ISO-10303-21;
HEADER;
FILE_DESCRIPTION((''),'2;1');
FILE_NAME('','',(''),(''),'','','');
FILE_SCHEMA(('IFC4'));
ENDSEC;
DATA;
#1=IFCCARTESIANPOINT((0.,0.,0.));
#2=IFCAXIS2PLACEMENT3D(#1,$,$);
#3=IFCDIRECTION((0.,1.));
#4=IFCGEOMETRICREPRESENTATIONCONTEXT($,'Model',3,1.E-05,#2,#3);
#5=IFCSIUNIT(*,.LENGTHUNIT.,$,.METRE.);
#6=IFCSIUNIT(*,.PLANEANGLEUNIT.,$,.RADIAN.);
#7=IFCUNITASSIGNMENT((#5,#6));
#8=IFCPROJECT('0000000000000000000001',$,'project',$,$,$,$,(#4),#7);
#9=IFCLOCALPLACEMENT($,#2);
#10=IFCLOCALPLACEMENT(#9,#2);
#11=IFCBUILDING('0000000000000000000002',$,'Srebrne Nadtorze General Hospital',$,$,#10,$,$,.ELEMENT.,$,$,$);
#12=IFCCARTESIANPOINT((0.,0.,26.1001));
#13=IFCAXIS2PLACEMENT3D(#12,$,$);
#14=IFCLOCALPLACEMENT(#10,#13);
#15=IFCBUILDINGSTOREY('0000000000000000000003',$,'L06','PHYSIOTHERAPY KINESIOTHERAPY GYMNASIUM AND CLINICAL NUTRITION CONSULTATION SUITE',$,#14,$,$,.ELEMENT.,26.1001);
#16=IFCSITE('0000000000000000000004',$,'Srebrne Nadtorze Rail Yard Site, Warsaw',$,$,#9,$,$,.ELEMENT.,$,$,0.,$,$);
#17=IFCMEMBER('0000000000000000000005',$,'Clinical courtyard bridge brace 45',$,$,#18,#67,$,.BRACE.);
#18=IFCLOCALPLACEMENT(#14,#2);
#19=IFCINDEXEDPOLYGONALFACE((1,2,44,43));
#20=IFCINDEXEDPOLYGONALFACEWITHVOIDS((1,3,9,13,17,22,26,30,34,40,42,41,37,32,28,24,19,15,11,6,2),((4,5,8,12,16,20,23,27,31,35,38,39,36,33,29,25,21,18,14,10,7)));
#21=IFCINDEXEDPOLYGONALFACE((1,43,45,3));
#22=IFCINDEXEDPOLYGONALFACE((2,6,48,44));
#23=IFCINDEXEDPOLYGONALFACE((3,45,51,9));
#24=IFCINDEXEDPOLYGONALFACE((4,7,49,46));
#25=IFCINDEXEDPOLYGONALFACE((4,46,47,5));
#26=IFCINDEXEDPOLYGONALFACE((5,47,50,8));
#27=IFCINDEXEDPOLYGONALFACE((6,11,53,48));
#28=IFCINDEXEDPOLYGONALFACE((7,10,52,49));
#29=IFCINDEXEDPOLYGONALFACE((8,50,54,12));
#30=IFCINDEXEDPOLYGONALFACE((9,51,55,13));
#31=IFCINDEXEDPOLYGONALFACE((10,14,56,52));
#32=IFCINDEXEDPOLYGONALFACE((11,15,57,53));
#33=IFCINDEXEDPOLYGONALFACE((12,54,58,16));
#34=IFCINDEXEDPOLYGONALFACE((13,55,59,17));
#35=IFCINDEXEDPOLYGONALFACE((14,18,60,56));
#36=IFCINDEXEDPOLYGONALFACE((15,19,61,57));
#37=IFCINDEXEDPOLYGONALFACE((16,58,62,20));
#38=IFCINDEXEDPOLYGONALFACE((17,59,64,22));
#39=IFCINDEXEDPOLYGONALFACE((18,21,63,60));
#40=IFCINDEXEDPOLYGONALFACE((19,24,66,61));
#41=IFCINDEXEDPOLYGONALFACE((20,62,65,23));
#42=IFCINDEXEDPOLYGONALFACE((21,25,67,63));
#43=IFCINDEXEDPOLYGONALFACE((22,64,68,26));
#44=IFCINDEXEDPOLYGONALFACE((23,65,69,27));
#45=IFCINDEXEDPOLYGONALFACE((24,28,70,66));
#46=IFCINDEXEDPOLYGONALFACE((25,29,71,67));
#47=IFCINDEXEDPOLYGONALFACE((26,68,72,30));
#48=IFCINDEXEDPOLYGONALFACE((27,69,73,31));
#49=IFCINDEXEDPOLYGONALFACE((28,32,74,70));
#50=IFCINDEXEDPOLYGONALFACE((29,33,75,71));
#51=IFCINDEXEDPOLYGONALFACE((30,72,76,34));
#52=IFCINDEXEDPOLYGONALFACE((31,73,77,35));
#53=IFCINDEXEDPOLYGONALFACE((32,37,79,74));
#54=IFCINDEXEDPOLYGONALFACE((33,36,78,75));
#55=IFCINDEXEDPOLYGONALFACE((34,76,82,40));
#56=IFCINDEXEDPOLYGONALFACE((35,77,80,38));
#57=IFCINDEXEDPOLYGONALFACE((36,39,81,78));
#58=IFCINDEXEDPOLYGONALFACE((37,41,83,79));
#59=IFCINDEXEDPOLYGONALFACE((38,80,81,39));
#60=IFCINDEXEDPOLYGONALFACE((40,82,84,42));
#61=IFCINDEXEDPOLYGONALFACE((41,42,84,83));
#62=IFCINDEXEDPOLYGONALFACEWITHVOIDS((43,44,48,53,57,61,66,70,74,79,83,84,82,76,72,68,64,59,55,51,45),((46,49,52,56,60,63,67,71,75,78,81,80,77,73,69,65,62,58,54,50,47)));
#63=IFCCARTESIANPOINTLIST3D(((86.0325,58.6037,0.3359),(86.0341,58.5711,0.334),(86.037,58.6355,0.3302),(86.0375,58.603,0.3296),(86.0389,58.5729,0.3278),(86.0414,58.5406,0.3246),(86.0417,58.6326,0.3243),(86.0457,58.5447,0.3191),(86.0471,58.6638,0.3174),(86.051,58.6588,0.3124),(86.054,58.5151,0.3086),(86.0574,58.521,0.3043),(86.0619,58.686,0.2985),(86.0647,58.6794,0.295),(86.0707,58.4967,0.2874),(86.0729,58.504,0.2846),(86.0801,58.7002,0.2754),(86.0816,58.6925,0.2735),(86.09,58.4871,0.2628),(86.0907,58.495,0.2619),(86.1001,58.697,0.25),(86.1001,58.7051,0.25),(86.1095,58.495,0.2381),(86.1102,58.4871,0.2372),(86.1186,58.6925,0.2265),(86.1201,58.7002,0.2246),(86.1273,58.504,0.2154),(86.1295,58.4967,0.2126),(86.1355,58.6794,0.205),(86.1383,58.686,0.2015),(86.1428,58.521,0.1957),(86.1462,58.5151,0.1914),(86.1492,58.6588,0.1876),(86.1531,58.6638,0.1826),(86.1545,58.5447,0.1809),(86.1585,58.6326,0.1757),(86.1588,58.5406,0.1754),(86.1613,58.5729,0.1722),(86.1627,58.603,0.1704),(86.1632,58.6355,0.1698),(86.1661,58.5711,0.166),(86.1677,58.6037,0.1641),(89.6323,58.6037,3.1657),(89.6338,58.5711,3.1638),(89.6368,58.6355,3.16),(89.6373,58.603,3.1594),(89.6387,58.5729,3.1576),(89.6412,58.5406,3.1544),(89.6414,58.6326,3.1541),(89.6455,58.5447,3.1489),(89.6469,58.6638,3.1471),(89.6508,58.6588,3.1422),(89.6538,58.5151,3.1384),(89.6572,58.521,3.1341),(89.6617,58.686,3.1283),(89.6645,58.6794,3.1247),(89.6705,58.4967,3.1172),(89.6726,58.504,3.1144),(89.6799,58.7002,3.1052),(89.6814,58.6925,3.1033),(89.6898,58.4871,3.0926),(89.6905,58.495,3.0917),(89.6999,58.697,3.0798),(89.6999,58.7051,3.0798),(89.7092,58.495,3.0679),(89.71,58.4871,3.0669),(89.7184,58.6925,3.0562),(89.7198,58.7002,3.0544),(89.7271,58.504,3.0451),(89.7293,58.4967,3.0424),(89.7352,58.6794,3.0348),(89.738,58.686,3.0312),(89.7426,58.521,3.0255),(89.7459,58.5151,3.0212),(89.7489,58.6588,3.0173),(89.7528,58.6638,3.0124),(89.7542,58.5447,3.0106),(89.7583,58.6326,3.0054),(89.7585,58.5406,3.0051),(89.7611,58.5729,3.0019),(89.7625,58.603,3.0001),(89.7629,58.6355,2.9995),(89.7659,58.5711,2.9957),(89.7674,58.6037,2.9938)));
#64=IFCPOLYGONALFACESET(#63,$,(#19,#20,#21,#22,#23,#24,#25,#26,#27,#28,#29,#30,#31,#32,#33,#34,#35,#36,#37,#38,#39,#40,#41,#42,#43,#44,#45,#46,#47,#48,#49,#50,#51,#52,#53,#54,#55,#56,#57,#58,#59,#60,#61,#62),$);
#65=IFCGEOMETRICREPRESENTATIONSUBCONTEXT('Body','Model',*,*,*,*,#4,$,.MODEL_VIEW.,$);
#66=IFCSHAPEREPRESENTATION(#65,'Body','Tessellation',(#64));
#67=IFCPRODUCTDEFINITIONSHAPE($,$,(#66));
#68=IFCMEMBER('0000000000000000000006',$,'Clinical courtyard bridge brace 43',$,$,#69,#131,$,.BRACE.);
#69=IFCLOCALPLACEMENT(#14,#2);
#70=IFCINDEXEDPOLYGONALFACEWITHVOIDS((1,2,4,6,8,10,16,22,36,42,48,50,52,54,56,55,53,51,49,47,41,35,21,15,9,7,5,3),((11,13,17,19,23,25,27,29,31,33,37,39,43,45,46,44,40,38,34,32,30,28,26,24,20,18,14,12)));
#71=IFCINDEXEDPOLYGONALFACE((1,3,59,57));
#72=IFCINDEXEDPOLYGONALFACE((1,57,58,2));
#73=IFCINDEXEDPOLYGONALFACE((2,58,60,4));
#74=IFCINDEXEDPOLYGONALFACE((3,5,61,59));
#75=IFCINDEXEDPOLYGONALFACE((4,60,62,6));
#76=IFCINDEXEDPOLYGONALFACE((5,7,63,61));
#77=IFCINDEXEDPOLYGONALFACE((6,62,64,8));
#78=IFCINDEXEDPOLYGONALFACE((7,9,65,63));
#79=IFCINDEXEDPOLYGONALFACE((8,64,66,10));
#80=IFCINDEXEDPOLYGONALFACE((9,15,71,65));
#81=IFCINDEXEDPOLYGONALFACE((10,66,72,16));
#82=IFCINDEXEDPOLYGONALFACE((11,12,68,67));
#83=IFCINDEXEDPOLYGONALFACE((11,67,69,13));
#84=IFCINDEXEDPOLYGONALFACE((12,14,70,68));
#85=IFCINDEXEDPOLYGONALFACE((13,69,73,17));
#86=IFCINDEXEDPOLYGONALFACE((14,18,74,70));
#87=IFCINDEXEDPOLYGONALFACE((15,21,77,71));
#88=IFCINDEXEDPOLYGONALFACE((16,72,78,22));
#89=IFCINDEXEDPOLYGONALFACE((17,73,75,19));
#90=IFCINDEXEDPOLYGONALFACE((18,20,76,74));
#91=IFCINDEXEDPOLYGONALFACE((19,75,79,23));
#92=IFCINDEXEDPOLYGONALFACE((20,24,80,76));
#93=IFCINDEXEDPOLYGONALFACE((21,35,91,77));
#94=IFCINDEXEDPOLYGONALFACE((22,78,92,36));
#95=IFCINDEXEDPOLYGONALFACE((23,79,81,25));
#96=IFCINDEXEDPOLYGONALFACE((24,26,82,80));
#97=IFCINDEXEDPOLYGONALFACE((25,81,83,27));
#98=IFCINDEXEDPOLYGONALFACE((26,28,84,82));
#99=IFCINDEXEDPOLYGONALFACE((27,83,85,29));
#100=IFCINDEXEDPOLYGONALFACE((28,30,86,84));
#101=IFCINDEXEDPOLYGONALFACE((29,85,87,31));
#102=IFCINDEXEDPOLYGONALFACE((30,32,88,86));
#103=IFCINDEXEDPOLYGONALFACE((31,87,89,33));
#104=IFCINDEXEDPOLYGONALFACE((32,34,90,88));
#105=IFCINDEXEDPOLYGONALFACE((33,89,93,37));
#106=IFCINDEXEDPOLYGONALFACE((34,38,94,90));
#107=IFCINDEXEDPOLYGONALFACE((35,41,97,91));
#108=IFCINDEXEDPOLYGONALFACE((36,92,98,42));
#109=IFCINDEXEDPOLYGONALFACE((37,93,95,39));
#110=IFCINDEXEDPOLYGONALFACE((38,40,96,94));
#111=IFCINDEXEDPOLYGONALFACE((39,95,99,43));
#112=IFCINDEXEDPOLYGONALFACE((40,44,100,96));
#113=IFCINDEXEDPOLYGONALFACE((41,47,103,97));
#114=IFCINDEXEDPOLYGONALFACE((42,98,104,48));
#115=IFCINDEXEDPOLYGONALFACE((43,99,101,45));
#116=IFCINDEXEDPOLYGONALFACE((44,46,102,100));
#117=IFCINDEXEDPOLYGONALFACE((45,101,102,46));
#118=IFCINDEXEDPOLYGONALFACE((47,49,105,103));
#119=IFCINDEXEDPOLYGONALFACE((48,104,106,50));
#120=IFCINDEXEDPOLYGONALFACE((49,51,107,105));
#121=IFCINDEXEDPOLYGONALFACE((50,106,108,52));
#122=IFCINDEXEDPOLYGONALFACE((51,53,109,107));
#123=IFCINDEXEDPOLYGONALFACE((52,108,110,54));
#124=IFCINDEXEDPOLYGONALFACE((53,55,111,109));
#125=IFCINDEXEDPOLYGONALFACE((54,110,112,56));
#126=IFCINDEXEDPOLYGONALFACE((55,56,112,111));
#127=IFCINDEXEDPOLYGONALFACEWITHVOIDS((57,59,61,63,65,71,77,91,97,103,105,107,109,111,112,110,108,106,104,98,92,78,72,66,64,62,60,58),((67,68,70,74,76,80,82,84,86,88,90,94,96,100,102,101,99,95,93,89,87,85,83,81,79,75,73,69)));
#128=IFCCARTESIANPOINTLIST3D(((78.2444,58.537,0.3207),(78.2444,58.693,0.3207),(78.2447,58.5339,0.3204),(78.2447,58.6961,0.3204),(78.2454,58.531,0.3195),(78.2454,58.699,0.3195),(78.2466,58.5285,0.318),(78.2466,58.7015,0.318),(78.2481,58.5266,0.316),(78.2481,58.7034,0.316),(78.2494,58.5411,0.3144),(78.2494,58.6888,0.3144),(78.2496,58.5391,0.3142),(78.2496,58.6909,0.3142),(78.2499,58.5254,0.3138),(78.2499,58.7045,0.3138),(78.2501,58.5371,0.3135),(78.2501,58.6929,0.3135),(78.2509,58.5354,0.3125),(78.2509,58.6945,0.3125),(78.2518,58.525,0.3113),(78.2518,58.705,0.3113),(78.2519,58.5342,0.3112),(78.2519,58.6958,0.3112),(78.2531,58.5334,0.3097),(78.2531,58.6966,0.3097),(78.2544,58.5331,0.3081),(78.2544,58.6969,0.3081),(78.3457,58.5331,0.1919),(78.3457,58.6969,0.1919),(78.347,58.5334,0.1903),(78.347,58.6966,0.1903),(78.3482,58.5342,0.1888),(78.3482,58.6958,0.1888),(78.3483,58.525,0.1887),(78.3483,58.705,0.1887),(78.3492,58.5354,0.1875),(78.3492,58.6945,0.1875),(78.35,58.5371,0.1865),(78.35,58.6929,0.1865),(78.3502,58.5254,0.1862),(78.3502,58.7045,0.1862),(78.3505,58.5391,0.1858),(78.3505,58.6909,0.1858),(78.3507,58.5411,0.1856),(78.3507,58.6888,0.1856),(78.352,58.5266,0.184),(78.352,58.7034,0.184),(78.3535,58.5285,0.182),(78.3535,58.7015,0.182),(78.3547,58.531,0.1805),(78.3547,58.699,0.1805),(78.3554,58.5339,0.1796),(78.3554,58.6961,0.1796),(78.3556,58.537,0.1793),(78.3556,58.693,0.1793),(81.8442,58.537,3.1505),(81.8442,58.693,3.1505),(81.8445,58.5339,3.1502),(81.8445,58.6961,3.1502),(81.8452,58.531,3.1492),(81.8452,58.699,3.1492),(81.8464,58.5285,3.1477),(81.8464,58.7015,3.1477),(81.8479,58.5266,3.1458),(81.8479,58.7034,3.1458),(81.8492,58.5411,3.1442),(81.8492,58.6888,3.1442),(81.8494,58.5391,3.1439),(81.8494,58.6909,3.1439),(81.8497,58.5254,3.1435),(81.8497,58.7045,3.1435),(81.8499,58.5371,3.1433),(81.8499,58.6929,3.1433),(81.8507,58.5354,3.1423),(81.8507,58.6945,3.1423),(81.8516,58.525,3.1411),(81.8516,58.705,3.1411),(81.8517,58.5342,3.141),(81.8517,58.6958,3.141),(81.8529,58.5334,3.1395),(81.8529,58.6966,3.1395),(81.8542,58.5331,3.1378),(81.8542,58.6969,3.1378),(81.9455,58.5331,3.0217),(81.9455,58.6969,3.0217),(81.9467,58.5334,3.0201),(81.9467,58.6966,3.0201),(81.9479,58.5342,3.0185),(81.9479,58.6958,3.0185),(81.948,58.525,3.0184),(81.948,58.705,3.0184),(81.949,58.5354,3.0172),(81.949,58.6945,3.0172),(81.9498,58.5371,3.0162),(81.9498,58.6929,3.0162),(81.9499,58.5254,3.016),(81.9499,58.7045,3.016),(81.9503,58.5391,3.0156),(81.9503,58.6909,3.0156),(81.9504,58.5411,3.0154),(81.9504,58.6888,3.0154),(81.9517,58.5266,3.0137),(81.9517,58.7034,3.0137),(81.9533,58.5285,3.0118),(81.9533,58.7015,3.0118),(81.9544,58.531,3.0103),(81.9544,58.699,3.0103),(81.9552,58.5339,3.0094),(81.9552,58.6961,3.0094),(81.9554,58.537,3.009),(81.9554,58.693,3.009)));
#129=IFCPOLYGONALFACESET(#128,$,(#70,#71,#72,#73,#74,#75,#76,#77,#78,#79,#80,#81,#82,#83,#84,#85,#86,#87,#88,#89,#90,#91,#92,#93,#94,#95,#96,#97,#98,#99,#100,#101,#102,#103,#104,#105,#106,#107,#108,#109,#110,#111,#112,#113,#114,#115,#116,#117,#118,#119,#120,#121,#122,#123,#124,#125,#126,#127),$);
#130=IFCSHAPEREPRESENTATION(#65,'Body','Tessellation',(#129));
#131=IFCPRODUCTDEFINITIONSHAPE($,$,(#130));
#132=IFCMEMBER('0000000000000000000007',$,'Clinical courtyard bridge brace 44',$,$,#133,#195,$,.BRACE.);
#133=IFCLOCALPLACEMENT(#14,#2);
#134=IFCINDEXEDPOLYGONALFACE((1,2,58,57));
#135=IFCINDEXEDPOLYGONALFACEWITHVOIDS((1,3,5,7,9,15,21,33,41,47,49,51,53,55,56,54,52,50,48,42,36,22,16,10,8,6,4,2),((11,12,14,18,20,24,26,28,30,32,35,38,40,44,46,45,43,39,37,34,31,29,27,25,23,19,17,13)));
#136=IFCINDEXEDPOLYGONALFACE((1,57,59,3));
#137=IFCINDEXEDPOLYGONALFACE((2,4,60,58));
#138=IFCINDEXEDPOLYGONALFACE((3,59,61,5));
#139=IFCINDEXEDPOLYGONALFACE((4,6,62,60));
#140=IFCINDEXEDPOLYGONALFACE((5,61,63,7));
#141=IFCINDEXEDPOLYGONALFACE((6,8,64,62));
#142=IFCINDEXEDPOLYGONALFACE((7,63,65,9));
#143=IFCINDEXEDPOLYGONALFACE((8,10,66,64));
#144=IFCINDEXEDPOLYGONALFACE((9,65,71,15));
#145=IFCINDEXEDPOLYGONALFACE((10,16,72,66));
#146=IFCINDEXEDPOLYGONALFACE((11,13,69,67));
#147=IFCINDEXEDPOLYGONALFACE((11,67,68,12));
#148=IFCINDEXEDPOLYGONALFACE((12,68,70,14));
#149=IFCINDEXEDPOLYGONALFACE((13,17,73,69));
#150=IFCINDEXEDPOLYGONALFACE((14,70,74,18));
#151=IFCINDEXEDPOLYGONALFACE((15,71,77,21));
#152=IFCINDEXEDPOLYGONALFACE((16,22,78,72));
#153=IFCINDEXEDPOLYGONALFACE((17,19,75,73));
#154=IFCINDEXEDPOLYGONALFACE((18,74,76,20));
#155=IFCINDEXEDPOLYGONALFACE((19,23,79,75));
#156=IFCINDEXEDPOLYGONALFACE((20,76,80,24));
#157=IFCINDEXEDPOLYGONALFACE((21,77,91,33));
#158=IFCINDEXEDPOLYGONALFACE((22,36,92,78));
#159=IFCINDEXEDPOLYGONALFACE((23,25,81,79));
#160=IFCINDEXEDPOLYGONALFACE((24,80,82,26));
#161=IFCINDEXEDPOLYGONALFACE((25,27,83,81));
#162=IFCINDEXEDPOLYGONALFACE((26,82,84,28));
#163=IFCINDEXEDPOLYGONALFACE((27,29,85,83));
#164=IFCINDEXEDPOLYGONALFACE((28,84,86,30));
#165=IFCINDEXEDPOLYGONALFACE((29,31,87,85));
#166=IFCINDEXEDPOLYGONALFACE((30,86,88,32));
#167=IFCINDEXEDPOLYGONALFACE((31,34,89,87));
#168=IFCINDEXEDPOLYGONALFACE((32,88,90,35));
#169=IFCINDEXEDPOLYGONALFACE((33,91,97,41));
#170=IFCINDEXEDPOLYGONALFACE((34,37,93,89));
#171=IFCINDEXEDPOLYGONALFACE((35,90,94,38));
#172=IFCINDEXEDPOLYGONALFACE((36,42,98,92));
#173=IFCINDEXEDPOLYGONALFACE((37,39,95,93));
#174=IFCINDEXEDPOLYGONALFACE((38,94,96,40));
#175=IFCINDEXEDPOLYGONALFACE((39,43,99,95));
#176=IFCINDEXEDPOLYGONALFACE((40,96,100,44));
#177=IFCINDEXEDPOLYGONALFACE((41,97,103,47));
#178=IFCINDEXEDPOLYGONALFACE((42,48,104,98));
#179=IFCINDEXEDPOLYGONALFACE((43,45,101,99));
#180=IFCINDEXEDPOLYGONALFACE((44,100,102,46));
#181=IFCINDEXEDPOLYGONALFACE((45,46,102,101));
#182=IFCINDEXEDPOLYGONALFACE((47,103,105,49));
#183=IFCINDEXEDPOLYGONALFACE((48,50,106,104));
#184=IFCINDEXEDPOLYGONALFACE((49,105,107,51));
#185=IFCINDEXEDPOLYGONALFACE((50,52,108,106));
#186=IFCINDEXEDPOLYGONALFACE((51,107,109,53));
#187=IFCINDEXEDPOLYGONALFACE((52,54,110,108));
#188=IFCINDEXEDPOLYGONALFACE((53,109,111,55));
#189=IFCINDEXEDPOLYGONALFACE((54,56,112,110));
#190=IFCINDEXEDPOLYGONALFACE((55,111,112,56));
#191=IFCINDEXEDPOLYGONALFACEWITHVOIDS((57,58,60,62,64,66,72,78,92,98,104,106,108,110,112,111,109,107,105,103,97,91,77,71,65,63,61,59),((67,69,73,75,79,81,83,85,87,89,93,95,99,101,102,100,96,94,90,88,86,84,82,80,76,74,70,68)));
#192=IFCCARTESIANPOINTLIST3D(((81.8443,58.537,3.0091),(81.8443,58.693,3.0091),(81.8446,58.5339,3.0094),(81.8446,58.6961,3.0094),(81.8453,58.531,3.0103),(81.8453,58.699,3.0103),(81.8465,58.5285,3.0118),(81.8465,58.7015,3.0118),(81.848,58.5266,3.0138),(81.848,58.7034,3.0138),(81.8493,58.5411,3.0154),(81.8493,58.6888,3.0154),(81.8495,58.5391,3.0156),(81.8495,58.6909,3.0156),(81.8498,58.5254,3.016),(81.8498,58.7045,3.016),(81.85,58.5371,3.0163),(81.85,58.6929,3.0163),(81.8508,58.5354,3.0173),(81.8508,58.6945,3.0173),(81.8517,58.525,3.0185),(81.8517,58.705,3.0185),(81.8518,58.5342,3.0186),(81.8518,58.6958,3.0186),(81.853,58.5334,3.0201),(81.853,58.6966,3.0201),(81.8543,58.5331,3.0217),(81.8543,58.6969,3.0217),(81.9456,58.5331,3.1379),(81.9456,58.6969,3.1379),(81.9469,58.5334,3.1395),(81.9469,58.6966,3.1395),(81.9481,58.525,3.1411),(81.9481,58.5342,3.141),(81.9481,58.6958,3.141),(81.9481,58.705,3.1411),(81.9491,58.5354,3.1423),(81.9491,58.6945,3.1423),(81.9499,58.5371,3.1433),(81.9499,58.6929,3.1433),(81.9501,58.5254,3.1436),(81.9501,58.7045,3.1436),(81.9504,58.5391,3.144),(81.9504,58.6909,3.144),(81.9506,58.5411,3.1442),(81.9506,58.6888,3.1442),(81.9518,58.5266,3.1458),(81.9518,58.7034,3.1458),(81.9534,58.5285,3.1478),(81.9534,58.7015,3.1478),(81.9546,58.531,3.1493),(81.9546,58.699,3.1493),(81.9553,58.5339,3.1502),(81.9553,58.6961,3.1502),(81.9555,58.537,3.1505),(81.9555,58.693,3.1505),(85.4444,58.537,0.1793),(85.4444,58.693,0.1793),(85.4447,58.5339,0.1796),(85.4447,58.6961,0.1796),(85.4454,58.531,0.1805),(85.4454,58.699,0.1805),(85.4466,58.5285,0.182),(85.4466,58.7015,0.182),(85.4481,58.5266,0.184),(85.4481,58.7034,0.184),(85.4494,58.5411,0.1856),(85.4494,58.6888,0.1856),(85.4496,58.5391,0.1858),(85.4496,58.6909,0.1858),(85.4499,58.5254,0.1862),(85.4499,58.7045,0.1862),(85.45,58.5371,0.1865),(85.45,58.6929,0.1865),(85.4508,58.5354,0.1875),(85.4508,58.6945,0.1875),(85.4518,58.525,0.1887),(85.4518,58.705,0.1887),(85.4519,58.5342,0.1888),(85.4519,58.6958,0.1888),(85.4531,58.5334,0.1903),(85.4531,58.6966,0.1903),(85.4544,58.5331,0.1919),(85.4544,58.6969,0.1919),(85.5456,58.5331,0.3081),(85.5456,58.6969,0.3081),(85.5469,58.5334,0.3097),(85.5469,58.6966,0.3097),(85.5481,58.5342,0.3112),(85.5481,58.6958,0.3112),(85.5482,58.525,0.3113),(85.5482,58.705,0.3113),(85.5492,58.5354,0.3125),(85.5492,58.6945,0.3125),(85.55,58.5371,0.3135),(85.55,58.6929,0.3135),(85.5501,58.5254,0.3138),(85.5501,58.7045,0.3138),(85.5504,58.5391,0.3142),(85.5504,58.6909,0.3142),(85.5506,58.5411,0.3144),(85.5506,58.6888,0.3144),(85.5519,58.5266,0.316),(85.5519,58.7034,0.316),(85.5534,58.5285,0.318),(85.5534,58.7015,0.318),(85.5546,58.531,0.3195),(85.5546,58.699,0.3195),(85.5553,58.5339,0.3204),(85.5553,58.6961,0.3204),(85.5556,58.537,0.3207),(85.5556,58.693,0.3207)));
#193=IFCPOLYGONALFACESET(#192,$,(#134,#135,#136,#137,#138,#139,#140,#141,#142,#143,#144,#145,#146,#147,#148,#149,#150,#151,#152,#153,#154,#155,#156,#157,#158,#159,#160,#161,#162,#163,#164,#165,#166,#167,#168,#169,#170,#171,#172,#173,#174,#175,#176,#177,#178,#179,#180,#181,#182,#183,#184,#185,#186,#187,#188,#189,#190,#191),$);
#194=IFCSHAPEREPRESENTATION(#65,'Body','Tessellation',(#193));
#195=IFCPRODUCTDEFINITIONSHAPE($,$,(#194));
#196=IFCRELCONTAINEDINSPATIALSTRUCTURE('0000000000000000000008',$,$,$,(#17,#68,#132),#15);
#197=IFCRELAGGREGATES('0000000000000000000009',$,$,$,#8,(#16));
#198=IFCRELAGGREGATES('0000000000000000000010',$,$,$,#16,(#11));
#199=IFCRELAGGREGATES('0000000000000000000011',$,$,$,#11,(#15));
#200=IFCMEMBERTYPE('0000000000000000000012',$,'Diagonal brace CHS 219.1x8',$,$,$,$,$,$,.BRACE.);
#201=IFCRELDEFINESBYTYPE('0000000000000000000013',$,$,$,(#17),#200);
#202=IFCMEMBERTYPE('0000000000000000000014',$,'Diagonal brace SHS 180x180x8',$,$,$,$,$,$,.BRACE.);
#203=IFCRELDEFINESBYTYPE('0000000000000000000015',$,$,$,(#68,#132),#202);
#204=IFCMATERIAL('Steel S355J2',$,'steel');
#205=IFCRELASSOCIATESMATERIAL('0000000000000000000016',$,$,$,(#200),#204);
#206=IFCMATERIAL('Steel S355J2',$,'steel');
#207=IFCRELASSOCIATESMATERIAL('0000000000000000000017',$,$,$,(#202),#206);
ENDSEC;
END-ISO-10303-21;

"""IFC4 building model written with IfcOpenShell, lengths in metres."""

from ifc_helpers import new_model, si_unit, direction, frame, origin, origin_2d, place, context, subcontext, project, spatial, hollow_rectangle, hollow_circle, extrude, material, material_profile, profile_set, type_object, element, save


model = new_model("IFC4")

# Units and contexts
model_context = context("Model", 3, precision=1e-05, world=origin(), true_north=direction((0.0, 1.0)))
body_context = subcontext(model_context, "Body", "Model", "MODEL_VIEW")
ifc_project = project(units=[si_unit("LENGTHUNIT", "METRE"), si_unit("PLANEANGLEUNIT", "RADIAN")], contexts=[model_context])

# Site, building, storey
site_placement = place(None, origin())
site = spatial("IfcSite", under=ifc_project, at=site_placement, Name="Srebrne Nadtorze Rail Yard Site, Warsaw", CompositionType="ELEMENT", RefElevation=0.0)
building_placement = place(site_placement, origin())
building = spatial("IfcBuilding", under=site, at=building_placement, Name="Srebrne Nadtorze General Hospital", CompositionType="ELEMENT")
storey_placement = place(building_placement, frame((0.0, 0.0, 26.1001)))
storey = spatial("IfcBuildingStorey", under=building, at=storey_placement, Name="L06", Description="PHYSIOTHERAPY KINESIOTHERAPY GYMNASIUM AND CLINICAL NUTRITION CONSULTATION SUITE", CompositionType="ELEMENT", Elevation=26.1001)

# Members
ifc_material_1 = material(Name="Steel S355J2", Category="steel")
ifc_material_profile_1 = material_profile(ifc_material_1, hollow_circle(Radius=0.1096, WallThickness=0.0081, at=origin_2d()), Name="CHS-219.1x8")
ifc_profile_set_1 = profile_set([ifc_material_profile_1], Name="Steel S355J2")
member_type_1 = type_object("IfcMemberType", Name="Diagonal brace CHS 219.1x8", PredefinedType="BRACE", material=ifc_profile_set_1)
member_1_placement = place(storey_placement, frame((86.1001, 58.5955, 0.25), z_axis=(0.786172, 0.0, 0.618008), x_axis=(0.0, 1.0, 0.0)))
element("IfcMember", 1, at=member_1_placement, inside=storey, type_object=member_type_1, Name="Clinical courtyard bridge brace 45", PredefinedType="BRACE", context=body_context, shape_type="SweptSolid", body=[
    extrude(hollow_circle(Radius=0.1096, WallThickness=0.0081, at=origin_2d()), origin(), (0.0, 0.0, 1.0), 4.5789),
])
ifc_material_2 = material(Name="Steel S355J2", Category="steel")
ifc_material_profile_2 = material_profile(ifc_material_2, hollow_rectangle(XDim=0.1799, YDim=0.1799, WallThickness=0.0081, InnerFilletRadius=0.0081, OuterFilletRadius=0.012, at=origin_2d()), Name="SHS-180x180x8")
ifc_profile_set_2 = profile_set([ifc_material_profile_2], Name="Steel S355J2")
member_type_2 = type_object("IfcMemberType", Name="Diagonal brace SHS 180x180x8", PredefinedType="BRACE", material=ifc_profile_set_2)
member_2_placement = place(storey_placement, frame((78.3, 58.615, 0.25), z_axis=(0.786172, 0.0, 0.618008), x_axis=(0.0, 1.0, 0.0)))
element("IfcMember", 2, at=member_2_placement, inside=storey, type_object=member_type_2, Name="Clinical courtyard bridge brace 43", PredefinedType="BRACE", context=body_context, shape_type="SweptSolid", body=[
    extrude(hollow_rectangle(XDim=0.1799, YDim=0.1799, WallThickness=0.0081, InnerFilletRadius=0.0081, OuterFilletRadius=0.012, at=origin_2d()), origin(), (0.0, 0.0, 1.0), 4.5789),
])
member_3_placement = place(storey_placement, frame((85.5, 58.615, 0.25), z_axis=(-0.786193, 0.0, 0.617982), x_axis=(0.0, -1.0, 0.0)))
element("IfcMember", 3, at=member_3_placement, inside=storey, type_object=member_type_2, Name="Clinical courtyard bridge brace 44", PredefinedType="BRACE", context=body_context, shape_type="SweptSolid", body=[
    extrude(hollow_rectangle(XDim=0.1799, YDim=0.1799, WallThickness=0.0081, InnerFilletRadius=0.0081, OuterFilletRadius=0.012, at=origin_2d()), origin(), (0.0, 0.0, 1.0), 4.5791),
])

save(model, "model.ifc")
